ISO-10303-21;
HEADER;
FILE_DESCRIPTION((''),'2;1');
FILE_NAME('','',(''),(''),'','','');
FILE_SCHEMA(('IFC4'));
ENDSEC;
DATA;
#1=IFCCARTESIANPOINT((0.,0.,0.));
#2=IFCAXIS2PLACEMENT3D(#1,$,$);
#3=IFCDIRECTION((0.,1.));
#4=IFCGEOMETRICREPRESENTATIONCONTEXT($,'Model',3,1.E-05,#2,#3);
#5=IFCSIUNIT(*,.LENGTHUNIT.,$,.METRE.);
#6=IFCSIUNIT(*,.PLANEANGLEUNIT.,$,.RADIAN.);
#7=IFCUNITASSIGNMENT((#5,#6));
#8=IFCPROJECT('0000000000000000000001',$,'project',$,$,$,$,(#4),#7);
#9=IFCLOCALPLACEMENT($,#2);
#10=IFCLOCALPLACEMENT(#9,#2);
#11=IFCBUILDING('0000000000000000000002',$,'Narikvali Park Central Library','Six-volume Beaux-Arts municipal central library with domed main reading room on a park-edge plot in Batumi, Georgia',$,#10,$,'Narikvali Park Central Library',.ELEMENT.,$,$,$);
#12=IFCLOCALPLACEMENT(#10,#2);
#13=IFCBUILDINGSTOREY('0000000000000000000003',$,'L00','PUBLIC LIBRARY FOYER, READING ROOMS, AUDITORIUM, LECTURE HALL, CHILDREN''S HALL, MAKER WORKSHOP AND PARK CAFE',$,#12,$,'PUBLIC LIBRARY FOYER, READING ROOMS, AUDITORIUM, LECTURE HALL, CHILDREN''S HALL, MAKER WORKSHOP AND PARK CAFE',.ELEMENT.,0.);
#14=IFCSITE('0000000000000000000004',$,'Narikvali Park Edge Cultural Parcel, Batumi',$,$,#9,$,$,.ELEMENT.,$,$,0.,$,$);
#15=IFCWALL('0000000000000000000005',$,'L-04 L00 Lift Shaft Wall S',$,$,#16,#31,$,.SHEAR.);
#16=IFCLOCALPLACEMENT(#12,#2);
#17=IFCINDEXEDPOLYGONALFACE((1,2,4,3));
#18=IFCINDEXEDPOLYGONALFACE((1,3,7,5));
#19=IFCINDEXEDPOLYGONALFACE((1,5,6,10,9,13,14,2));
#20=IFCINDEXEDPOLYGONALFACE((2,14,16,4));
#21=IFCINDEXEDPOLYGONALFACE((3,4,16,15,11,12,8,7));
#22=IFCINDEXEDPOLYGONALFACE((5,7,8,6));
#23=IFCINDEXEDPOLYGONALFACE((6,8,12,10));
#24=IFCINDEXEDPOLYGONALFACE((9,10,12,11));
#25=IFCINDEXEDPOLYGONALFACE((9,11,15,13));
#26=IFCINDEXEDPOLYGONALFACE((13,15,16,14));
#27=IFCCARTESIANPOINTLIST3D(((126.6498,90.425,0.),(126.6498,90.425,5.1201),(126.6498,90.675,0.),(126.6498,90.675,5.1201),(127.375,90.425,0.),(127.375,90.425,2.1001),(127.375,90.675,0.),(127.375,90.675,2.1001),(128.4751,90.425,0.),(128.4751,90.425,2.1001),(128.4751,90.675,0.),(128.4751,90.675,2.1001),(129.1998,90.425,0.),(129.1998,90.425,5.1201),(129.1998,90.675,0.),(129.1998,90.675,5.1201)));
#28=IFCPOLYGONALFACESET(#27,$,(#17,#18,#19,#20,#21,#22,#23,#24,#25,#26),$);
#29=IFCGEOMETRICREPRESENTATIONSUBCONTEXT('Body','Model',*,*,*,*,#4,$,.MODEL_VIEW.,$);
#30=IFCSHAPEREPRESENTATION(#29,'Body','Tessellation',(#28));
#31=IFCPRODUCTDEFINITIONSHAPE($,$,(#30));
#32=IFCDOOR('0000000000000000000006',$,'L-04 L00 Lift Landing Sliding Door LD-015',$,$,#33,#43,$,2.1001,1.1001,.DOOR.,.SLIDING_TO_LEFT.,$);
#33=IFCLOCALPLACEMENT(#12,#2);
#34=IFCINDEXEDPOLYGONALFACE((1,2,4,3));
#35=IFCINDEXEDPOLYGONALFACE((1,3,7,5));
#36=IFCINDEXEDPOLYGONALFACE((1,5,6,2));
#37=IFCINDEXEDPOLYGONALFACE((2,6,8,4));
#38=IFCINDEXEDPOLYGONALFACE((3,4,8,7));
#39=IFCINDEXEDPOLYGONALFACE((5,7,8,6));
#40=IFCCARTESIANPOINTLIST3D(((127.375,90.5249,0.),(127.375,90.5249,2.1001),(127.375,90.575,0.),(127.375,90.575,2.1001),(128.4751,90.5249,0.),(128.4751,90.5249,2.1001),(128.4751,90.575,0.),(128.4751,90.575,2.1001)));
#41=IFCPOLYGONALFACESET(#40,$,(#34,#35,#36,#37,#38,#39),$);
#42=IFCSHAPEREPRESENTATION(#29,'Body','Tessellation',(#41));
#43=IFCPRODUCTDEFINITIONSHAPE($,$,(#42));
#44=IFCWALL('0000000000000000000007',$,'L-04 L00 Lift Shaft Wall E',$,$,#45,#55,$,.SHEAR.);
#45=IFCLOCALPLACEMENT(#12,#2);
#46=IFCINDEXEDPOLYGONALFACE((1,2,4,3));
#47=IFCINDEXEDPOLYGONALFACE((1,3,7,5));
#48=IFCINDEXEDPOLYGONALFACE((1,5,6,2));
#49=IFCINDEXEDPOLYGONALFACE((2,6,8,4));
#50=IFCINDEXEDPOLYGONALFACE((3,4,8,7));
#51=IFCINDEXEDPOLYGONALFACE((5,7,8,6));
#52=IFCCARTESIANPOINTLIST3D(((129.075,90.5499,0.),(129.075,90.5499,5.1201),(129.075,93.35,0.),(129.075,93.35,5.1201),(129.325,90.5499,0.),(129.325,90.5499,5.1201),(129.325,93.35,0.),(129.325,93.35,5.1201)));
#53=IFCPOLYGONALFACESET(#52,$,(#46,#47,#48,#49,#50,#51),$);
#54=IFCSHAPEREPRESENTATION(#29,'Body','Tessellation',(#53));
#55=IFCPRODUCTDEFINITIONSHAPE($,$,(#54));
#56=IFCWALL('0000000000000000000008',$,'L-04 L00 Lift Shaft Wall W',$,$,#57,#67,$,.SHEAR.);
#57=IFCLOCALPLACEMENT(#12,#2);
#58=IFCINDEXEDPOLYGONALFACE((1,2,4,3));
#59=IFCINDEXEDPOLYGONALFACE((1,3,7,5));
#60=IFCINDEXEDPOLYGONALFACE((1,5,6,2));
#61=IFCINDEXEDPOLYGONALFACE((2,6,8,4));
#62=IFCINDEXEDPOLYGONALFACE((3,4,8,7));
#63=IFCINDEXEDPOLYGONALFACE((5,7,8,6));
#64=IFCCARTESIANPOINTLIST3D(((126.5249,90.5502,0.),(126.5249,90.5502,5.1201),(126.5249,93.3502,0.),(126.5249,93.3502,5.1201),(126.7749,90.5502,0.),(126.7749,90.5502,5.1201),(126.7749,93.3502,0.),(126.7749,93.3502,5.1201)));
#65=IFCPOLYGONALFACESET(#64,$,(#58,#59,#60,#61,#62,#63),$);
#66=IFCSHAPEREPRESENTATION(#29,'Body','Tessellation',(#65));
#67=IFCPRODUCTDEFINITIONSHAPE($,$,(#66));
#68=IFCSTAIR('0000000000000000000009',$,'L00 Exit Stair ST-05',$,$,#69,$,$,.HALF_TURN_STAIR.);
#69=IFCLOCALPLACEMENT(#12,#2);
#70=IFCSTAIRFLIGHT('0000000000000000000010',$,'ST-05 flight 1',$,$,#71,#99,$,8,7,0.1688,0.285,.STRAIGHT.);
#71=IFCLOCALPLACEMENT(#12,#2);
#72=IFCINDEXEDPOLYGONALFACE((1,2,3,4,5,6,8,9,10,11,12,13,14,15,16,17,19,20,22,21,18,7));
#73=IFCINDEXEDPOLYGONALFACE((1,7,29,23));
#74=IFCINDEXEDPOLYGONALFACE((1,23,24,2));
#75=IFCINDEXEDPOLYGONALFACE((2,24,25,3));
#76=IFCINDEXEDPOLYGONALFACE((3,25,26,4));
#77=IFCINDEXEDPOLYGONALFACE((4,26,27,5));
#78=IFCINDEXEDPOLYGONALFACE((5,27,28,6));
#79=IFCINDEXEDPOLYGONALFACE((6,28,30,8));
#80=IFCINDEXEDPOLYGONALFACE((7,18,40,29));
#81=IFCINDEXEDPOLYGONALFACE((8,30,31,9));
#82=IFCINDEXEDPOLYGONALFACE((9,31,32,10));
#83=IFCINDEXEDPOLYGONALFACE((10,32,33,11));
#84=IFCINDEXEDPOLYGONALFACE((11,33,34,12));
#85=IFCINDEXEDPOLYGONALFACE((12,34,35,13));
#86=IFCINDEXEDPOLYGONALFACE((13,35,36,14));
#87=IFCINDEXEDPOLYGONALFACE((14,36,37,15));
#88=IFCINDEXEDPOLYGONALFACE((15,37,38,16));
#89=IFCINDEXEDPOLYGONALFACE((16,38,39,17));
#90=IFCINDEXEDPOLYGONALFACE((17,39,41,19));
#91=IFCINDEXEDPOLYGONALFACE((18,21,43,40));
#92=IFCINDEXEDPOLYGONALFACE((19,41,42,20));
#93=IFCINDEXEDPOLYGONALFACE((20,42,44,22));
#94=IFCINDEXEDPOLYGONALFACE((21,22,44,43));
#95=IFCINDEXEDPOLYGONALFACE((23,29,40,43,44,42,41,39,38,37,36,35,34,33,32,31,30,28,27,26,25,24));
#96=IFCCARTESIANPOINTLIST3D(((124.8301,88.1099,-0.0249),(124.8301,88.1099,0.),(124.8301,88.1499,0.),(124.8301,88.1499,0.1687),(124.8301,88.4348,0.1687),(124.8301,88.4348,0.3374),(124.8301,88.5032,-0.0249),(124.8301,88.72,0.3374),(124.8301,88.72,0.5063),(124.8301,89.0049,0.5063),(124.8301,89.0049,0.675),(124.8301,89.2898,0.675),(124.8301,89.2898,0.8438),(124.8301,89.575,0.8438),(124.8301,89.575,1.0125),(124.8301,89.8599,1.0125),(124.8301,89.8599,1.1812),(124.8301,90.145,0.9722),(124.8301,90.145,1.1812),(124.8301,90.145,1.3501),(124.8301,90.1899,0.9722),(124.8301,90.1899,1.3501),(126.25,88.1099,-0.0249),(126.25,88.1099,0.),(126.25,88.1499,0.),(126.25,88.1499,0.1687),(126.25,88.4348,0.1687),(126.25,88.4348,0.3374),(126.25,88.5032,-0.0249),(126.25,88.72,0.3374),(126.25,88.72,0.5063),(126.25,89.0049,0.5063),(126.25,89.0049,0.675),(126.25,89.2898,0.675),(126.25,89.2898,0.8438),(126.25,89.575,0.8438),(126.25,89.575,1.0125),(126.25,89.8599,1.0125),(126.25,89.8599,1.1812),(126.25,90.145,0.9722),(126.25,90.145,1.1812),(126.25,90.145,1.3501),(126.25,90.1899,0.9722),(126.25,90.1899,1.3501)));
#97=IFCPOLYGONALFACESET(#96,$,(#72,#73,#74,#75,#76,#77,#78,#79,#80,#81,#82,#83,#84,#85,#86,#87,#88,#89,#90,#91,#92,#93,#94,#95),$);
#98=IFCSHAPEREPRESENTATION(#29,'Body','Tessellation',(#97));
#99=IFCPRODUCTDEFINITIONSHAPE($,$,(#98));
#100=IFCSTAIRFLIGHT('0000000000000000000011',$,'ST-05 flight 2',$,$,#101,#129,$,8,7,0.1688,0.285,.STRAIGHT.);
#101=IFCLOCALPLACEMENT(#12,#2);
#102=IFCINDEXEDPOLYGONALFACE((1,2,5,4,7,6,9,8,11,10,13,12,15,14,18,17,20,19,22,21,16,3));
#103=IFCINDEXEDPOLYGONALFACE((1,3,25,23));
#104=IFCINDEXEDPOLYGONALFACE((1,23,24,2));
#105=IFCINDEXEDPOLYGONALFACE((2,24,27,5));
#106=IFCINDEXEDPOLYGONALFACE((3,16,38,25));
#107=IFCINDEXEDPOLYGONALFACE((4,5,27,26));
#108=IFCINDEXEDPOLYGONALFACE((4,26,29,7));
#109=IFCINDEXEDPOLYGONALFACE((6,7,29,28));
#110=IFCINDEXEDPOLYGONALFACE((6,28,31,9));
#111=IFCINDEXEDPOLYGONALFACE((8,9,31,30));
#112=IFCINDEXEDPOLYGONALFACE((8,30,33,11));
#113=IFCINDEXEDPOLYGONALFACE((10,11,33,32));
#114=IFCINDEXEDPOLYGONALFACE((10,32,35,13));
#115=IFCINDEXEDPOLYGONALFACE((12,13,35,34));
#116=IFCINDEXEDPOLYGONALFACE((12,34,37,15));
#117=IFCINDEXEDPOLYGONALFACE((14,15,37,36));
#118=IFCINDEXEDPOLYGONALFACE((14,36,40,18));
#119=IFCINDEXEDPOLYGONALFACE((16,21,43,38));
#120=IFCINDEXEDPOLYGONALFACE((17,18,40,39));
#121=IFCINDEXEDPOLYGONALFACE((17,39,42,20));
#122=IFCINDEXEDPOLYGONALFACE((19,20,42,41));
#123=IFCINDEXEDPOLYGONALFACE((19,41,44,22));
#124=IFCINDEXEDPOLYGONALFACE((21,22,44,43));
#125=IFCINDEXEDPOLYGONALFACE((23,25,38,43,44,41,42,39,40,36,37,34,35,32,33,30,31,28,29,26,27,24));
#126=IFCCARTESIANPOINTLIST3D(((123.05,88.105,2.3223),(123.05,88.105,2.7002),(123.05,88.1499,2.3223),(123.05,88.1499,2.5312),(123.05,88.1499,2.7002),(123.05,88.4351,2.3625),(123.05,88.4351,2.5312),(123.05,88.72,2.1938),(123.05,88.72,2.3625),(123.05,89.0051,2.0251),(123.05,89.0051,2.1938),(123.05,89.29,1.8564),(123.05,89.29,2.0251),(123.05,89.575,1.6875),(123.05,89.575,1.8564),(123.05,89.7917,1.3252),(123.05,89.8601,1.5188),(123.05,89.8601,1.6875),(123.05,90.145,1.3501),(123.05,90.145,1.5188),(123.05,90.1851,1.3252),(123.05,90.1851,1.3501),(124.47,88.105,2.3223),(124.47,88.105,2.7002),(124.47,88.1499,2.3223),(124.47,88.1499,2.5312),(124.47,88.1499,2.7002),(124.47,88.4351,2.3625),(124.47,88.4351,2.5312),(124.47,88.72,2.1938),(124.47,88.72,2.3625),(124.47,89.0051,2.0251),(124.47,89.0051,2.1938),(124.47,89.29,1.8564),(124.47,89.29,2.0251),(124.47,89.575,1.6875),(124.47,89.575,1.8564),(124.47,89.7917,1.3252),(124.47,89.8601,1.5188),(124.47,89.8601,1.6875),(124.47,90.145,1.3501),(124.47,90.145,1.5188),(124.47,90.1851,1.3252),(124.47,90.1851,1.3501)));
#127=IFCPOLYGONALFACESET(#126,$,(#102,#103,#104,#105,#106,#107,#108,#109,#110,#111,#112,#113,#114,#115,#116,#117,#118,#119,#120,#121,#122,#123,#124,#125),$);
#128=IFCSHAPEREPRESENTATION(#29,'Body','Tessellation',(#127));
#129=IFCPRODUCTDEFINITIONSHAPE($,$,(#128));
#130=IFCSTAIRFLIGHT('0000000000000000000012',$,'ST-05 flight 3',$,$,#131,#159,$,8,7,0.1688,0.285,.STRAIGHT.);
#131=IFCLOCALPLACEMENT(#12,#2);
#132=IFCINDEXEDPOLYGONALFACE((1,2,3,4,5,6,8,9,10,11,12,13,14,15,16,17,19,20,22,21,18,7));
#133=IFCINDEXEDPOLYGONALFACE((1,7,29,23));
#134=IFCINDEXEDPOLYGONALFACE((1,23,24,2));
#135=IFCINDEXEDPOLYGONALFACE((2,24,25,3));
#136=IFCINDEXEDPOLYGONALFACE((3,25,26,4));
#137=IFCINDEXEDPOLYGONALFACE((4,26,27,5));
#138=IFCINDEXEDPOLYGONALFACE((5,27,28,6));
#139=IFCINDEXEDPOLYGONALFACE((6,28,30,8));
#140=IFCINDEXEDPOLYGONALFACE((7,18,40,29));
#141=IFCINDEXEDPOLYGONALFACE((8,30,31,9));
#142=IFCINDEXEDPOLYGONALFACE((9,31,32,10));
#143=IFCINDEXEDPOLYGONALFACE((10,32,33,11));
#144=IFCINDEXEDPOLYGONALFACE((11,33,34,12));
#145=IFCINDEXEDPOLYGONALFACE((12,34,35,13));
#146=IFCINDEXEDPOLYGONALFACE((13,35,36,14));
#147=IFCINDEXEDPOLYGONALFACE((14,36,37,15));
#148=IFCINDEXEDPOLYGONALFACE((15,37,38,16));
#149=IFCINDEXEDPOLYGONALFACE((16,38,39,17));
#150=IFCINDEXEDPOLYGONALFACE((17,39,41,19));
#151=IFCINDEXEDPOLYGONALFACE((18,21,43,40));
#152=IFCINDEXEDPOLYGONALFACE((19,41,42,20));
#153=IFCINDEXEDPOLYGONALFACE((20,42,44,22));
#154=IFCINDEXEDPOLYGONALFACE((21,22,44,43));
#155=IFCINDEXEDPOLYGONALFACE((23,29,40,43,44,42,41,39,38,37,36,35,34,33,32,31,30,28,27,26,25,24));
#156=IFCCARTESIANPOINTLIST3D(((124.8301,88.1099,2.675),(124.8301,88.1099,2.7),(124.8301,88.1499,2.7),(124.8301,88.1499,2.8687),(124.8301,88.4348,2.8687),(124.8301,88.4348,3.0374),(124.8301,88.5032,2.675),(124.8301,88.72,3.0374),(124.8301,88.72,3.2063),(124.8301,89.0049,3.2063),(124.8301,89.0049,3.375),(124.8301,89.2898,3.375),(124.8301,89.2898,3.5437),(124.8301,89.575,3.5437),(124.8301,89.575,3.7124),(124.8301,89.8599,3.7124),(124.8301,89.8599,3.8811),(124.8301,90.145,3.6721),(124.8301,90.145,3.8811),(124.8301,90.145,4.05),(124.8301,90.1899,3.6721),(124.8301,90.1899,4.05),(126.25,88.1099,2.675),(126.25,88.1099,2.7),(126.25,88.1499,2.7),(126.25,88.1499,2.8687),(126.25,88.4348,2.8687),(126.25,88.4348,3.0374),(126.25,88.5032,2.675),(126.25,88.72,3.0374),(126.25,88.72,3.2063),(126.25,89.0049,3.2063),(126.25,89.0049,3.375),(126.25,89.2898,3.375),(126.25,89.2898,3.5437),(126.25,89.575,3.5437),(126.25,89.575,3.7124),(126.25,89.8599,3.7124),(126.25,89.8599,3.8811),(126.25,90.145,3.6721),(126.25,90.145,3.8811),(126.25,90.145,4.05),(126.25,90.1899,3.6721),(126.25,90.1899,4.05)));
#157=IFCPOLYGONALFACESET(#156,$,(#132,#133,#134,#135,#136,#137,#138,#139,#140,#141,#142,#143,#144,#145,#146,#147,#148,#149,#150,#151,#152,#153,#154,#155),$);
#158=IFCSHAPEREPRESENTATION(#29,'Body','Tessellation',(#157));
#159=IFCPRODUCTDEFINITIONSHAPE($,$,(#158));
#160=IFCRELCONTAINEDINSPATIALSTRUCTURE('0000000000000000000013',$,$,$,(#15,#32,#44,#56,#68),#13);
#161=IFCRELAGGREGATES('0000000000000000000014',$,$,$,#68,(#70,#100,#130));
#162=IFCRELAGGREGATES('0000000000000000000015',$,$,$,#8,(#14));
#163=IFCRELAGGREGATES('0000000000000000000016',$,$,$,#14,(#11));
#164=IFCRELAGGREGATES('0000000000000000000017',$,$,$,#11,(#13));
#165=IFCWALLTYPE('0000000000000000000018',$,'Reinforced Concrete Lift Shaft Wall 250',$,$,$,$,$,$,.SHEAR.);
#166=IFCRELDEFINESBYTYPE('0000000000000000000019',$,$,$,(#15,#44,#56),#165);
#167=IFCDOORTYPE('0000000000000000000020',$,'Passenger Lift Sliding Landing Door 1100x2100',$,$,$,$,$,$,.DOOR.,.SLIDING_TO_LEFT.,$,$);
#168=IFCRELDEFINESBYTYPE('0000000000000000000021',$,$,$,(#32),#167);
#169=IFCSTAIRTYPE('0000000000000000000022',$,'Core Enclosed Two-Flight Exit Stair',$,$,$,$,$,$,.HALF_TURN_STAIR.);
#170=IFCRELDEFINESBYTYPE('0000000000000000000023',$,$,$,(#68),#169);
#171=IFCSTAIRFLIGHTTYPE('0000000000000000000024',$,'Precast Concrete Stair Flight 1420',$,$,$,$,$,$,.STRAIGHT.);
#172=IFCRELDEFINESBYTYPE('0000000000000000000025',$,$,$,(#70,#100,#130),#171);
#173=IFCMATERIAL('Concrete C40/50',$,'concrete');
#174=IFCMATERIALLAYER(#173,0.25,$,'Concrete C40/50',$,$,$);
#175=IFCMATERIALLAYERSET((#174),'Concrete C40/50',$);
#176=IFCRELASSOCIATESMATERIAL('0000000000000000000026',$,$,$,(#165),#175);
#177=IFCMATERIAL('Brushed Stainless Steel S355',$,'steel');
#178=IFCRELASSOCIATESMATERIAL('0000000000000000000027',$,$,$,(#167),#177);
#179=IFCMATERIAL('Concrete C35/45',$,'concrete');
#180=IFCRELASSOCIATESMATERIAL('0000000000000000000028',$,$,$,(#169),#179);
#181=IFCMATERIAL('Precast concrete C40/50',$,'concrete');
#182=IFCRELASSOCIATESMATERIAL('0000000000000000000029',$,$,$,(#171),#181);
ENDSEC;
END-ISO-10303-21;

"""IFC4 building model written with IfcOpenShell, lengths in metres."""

from ifc_helpers import new_model, si_unit, direction, frame, frame_2d, origin, place, context, subcontext, project, spatial, polyline, rectangle, outline, extrude, material, layer, layer_set, type_object, element, fill, aggregate, save


model = new_model("IFC4")

# Units and contexts
model_context = context("Model", 3, precision=1e-05, world=origin(), true_north=direction((0.0, 1.0)))
body_context = subcontext(model_context, "Body", "Model", "MODEL_VIEW")
ifc_project = project(units=[si_unit("LENGTHUNIT", "METRE"), si_unit("PLANEANGLEUNIT", "RADIAN")], contexts=[model_context])

# Site, building, storey
site_placement = place(None, origin())
site = spatial("IfcSite", under=ifc_project, at=site_placement, Name="Narikvali Park Edge Cultural Parcel, Batumi", CompositionType="ELEMENT", RefElevation=0.0)
building_placement = place(site_placement, origin())
building = spatial("IfcBuilding", under=site, at=building_placement, Name="Narikvali Park Central Library", Description="Six-volume Beaux-Arts municipal central library with domed main reading room on a park-edge plot in Batumi, Georgia", LongName="Narikvali Park Central Library", CompositionType="ELEMENT")
storey_placement = place(building_placement, origin())
storey = spatial("IfcBuildingStorey", under=building, at=storey_placement, Name="L00", Description="PUBLIC LIBRARY FOYER, READING ROOMS, AUDITORIUM, LECTURE HALL, CHILDREN'S HALL, MAKER WORKSHOP AND PARK CAFE", LongName="PUBLIC LIBRARY FOYER, READING ROOMS, AUDITORIUM, LECTURE HALL, CHILDREN'S HALL, MAKER WORKSHOP AND PARK CAFE", CompositionType="ELEMENT", Elevation=0.0)

# Wall, opening, door
ifc_material_1 = material(Name="Concrete C40/50", Category="concrete")
ifc_layer_1 = layer(ifc_material_1, 0.25, Name="Concrete C40/50")
ifc_layer_set_1 = layer_set([ifc_layer_1], Name="Concrete C40/50")
wall_type = type_object("IfcWallType", Name="Reinforced Concrete Lift Shaft Wall 250", PredefinedType="SHEAR", material=ifc_layer_set_1)
wall_placement = place(storey_placement, frame((126.6499, 90.55, 0.0), z_axis=(0.0, 0.0, 1.0), x_axis=(1.0, 0.0, 0.0)))
wall = element("IfcWall", 1, at=wall_placement, inside=storey, type_object=wall_type, Name="L-04 L00 Lift Shaft Wall S", PredefinedType="SHEAR", context=body_context, shape_type="SweptSolid", body=[
    extrude(rectangle(XDim=2.55, YDim=0.25, at=frame_2d((1.2749, 0.0))), origin(), (0.0, 0.0, 1.0), 5.1201),
])
opening_placement = place(wall_placement, frame((0.7251, 0.0, 0.0)))
opening = element("IfcOpeningElement", 2, at=opening_placement, cuts=wall, PredefinedType="OPENING", context=body_context, shape_type="SweptSolid", body=[
    extrude(rectangle(XDim=1.1001, YDim=2.1001, at=frame_2d((0.55, 1.05))), frame((0.0, 0.137, 0.0), z_axis=(0.0, -1.0, 0.0), x_axis=(1.0, 0.0, 0.0)), (0.0, 0.0, 1.0), 0.2739),
])
ifc_material_2 = material(Name="Brushed Stainless Steel S355", Category="steel")
door_type = type_object("IfcDoorType", Name="Passenger Lift Sliding Landing Door 1100x2100", OperationType="SLIDING_TO_LEFT", PredefinedType="DOOR", material=ifc_material_2)
door_placement = place(opening_placement, origin())
door = element("IfcDoor", 3, at=door_placement, inside=storey, type_object=door_type, Name="L-04 L00 Lift Landing Sliding Door LD-015", OperationType="SLIDING_TO_LEFT", OverallHeight=2.1001, OverallWidth=1.1001, PredefinedType="DOOR", context=body_context, shape_type="SweptSolid", body=[
    extrude(rectangle(XDim=1.1001, YDim=2.1001, at=frame_2d((0.55, 1.05))), frame((0.0, 0.0249, 0.0), z_axis=(0.0, -1.0, 0.0), x_axis=(1.0, 0.0, 0.0)), (0.0, 0.0, 1.0), 0.05),
])
fill(opening, door)

# Walls
for number, where, z_axis, x_axis, name in (
    (4, (129.2, 90.55, 0.0), (0.0, 0.0, 1.0), (0.0, 1.0, 0.0), "L-04 L00 Lift Shaft Wall E"),
    (5, (126.6499, 93.3501, 0.0), (0.0, 0.0, 1.0), (0.0, -1.0, 0.0), "L-04 L00 Lift Shaft Wall W"),
):
    element("IfcWall", number, at=place(storey_placement, frame(where, z_axis=z_axis, x_axis=x_axis)), inside=storey, type_object=wall_type, Name=name, PredefinedType="SHEAR", context=body_context, shape_type="SweptSolid", body=[
        extrude(rectangle(XDim=2.8, YDim=0.25, at=frame_2d((1.3999, 0.0))), origin(), (0.0, 0.0, 1.0), 5.1201),
    ])

# Stair, stair flights
ifc_material_3 = material(Name="Concrete C35/45", Category="concrete")
stair_type = type_object("IfcStairType", Name="Core Enclosed Two-Flight Exit Stair", PredefinedType="HALF_TURN_STAIR", material=ifc_material_3)
stair_placement = place(storey_placement, origin())
stair = element("IfcStair", 6, at=stair_placement, inside=storey, type_object=stair_type, Name="L00 Exit Stair ST-05", PredefinedType="HALF_TURN_STAIR")
ifc_material_4 = material(Name="Precast concrete C40/50", Category="concrete")
stair_flight_type = type_object("IfcStairFlightType", Name="Precast Concrete Stair Flight 1420", PredefinedType="STRAIGHT", material=ifc_material_4)
stair_flight_1_placement = place(storey_placement, frame((125.54, 88.1499, 0.0), z_axis=(0.0, 0.0, 1.0), x_axis=(0.0, 1.0, 0.0)))
stair_flight_1 = element("IfcStairFlight", 7, at=stair_flight_1_placement, type_object=stair_flight_type, Name="ST-05 flight 1", NumberOfRisers=8, NumberOfTreads=7, PredefinedType="STRAIGHT", RiserHeight=0.1688, TreadLength=0.285, context=body_context, shape_type="SweptSolid", body=[
    extrude(outline(polyline([(-0.04, -0.0249), (-0.04, 0.0), (0.0, 0.0), (0.0, 0.1687), (0.2849, 0.1687), (0.2849, 0.3374), (0.5701, 0.3374), (0.5701, 0.5063), (0.855, 0.5063), (0.855, 0.675), (1.1399, 0.675), (1.1399, 0.8438), (1.425, 0.8438), (1.425, 1.0125), (1.71, 1.0125), (1.71, 1.1812), (1.9951, 1.1812), (1.9951, 1.3501), (2.04, 1.3501), (2.04, 0.9722), (1.9951, 0.9722), (0.3533, -0.0249), (-0.04, -0.0249)])), frame((0.0, 0.71, 0.0), z_axis=(0.0, -1.0, 0.0), x_axis=(1.0, 0.0, 0.0)), (0.0, 0.0, 1.0), 1.4199),
])
stair_flight_2_placement = place(storey_placement, frame((123.76, 90.145, 1.3501), z_axis=(0.0, 0.0, 1.0), x_axis=(0.0, -1.0, 0.0)))
stair_flight_2 = element("IfcStairFlight", 8, at=stair_flight_2_placement, type_object=stair_flight_type, Name="ST-05 flight 2", NumberOfRisers=8, NumberOfTreads=7, PredefinedType="STRAIGHT", RiserHeight=0.1688, TreadLength=0.285, context=body_context, shape_type="SweptSolid", body=[
    extrude(outline(polyline([(-0.04, -0.0249), (-0.04, 0.0), (0.0, 0.0), (0.0, 0.1687), (0.2849, 0.1687), (0.2849, 0.3374), (0.5701, 0.3374), (0.5701, 0.5063), (0.855, 0.5063), (0.855, 0.675), (1.1399, 0.675), (1.1399, 0.8438), (1.425, 0.8438), (1.425, 1.0125), (1.71, 1.0125), (1.71, 1.1812), (1.9951, 1.1812), (1.9951, 1.3501), (2.04, 1.3501), (2.04, 0.9722), (1.9951, 0.9722), (0.3533, -0.0249), (-0.04, -0.0249)])), frame((0.0, 0.71, 0.0), z_axis=(0.0, -1.0, 0.0), x_axis=(1.0, 0.0, 0.0)), (0.0, 0.0, 1.0), 1.4199),
])
stair_flight_3_placement = place(storey_placement, frame((125.54, 88.1499, 2.7), z_axis=(0.0, 0.0, 1.0), x_axis=(0.0, 1.0, 0.0)))
stair_flight_3 = element("IfcStairFlight", 9, at=stair_flight_3_placement, type_object=stair_flight_type, Name="ST-05 flight 3", NumberOfRisers=8, NumberOfTreads=7, PredefinedType="STRAIGHT", RiserHeight=0.1688, TreadLength=0.285, context=body_context, shape_type="SweptSolid", body=[
    extrude(outline(polyline([(-0.04, -0.0249), (-0.04, 0.0), (0.0, 0.0), (0.0, 0.1687), (0.2849, 0.1687), (0.2849, 0.3374), (0.5701, 0.3374), (0.5701, 0.5063), (0.855, 0.5063), (0.855, 0.675), (1.1399, 0.675), (1.1399, 0.8438), (1.425, 0.8438), (1.425, 1.0125), (1.71, 1.0125), (1.71, 1.1812), (1.9951, 1.1812), (1.9951, 1.3501), (2.04, 1.3501), (2.04, 0.9722), (1.9951, 0.9722), (0.3533, -0.0249), (-0.04, -0.0249)])), frame((0.0, 0.71, 0.0), z_axis=(0.0, -1.0, 0.0), x_axis=(1.0, 0.0, 0.0)), (0.0, 0.0, 1.0), 1.4199),
])
aggregate(stair, [stair_flight_1, stair_flight_2, stair_flight_3])

save(model, "model.ifc")
